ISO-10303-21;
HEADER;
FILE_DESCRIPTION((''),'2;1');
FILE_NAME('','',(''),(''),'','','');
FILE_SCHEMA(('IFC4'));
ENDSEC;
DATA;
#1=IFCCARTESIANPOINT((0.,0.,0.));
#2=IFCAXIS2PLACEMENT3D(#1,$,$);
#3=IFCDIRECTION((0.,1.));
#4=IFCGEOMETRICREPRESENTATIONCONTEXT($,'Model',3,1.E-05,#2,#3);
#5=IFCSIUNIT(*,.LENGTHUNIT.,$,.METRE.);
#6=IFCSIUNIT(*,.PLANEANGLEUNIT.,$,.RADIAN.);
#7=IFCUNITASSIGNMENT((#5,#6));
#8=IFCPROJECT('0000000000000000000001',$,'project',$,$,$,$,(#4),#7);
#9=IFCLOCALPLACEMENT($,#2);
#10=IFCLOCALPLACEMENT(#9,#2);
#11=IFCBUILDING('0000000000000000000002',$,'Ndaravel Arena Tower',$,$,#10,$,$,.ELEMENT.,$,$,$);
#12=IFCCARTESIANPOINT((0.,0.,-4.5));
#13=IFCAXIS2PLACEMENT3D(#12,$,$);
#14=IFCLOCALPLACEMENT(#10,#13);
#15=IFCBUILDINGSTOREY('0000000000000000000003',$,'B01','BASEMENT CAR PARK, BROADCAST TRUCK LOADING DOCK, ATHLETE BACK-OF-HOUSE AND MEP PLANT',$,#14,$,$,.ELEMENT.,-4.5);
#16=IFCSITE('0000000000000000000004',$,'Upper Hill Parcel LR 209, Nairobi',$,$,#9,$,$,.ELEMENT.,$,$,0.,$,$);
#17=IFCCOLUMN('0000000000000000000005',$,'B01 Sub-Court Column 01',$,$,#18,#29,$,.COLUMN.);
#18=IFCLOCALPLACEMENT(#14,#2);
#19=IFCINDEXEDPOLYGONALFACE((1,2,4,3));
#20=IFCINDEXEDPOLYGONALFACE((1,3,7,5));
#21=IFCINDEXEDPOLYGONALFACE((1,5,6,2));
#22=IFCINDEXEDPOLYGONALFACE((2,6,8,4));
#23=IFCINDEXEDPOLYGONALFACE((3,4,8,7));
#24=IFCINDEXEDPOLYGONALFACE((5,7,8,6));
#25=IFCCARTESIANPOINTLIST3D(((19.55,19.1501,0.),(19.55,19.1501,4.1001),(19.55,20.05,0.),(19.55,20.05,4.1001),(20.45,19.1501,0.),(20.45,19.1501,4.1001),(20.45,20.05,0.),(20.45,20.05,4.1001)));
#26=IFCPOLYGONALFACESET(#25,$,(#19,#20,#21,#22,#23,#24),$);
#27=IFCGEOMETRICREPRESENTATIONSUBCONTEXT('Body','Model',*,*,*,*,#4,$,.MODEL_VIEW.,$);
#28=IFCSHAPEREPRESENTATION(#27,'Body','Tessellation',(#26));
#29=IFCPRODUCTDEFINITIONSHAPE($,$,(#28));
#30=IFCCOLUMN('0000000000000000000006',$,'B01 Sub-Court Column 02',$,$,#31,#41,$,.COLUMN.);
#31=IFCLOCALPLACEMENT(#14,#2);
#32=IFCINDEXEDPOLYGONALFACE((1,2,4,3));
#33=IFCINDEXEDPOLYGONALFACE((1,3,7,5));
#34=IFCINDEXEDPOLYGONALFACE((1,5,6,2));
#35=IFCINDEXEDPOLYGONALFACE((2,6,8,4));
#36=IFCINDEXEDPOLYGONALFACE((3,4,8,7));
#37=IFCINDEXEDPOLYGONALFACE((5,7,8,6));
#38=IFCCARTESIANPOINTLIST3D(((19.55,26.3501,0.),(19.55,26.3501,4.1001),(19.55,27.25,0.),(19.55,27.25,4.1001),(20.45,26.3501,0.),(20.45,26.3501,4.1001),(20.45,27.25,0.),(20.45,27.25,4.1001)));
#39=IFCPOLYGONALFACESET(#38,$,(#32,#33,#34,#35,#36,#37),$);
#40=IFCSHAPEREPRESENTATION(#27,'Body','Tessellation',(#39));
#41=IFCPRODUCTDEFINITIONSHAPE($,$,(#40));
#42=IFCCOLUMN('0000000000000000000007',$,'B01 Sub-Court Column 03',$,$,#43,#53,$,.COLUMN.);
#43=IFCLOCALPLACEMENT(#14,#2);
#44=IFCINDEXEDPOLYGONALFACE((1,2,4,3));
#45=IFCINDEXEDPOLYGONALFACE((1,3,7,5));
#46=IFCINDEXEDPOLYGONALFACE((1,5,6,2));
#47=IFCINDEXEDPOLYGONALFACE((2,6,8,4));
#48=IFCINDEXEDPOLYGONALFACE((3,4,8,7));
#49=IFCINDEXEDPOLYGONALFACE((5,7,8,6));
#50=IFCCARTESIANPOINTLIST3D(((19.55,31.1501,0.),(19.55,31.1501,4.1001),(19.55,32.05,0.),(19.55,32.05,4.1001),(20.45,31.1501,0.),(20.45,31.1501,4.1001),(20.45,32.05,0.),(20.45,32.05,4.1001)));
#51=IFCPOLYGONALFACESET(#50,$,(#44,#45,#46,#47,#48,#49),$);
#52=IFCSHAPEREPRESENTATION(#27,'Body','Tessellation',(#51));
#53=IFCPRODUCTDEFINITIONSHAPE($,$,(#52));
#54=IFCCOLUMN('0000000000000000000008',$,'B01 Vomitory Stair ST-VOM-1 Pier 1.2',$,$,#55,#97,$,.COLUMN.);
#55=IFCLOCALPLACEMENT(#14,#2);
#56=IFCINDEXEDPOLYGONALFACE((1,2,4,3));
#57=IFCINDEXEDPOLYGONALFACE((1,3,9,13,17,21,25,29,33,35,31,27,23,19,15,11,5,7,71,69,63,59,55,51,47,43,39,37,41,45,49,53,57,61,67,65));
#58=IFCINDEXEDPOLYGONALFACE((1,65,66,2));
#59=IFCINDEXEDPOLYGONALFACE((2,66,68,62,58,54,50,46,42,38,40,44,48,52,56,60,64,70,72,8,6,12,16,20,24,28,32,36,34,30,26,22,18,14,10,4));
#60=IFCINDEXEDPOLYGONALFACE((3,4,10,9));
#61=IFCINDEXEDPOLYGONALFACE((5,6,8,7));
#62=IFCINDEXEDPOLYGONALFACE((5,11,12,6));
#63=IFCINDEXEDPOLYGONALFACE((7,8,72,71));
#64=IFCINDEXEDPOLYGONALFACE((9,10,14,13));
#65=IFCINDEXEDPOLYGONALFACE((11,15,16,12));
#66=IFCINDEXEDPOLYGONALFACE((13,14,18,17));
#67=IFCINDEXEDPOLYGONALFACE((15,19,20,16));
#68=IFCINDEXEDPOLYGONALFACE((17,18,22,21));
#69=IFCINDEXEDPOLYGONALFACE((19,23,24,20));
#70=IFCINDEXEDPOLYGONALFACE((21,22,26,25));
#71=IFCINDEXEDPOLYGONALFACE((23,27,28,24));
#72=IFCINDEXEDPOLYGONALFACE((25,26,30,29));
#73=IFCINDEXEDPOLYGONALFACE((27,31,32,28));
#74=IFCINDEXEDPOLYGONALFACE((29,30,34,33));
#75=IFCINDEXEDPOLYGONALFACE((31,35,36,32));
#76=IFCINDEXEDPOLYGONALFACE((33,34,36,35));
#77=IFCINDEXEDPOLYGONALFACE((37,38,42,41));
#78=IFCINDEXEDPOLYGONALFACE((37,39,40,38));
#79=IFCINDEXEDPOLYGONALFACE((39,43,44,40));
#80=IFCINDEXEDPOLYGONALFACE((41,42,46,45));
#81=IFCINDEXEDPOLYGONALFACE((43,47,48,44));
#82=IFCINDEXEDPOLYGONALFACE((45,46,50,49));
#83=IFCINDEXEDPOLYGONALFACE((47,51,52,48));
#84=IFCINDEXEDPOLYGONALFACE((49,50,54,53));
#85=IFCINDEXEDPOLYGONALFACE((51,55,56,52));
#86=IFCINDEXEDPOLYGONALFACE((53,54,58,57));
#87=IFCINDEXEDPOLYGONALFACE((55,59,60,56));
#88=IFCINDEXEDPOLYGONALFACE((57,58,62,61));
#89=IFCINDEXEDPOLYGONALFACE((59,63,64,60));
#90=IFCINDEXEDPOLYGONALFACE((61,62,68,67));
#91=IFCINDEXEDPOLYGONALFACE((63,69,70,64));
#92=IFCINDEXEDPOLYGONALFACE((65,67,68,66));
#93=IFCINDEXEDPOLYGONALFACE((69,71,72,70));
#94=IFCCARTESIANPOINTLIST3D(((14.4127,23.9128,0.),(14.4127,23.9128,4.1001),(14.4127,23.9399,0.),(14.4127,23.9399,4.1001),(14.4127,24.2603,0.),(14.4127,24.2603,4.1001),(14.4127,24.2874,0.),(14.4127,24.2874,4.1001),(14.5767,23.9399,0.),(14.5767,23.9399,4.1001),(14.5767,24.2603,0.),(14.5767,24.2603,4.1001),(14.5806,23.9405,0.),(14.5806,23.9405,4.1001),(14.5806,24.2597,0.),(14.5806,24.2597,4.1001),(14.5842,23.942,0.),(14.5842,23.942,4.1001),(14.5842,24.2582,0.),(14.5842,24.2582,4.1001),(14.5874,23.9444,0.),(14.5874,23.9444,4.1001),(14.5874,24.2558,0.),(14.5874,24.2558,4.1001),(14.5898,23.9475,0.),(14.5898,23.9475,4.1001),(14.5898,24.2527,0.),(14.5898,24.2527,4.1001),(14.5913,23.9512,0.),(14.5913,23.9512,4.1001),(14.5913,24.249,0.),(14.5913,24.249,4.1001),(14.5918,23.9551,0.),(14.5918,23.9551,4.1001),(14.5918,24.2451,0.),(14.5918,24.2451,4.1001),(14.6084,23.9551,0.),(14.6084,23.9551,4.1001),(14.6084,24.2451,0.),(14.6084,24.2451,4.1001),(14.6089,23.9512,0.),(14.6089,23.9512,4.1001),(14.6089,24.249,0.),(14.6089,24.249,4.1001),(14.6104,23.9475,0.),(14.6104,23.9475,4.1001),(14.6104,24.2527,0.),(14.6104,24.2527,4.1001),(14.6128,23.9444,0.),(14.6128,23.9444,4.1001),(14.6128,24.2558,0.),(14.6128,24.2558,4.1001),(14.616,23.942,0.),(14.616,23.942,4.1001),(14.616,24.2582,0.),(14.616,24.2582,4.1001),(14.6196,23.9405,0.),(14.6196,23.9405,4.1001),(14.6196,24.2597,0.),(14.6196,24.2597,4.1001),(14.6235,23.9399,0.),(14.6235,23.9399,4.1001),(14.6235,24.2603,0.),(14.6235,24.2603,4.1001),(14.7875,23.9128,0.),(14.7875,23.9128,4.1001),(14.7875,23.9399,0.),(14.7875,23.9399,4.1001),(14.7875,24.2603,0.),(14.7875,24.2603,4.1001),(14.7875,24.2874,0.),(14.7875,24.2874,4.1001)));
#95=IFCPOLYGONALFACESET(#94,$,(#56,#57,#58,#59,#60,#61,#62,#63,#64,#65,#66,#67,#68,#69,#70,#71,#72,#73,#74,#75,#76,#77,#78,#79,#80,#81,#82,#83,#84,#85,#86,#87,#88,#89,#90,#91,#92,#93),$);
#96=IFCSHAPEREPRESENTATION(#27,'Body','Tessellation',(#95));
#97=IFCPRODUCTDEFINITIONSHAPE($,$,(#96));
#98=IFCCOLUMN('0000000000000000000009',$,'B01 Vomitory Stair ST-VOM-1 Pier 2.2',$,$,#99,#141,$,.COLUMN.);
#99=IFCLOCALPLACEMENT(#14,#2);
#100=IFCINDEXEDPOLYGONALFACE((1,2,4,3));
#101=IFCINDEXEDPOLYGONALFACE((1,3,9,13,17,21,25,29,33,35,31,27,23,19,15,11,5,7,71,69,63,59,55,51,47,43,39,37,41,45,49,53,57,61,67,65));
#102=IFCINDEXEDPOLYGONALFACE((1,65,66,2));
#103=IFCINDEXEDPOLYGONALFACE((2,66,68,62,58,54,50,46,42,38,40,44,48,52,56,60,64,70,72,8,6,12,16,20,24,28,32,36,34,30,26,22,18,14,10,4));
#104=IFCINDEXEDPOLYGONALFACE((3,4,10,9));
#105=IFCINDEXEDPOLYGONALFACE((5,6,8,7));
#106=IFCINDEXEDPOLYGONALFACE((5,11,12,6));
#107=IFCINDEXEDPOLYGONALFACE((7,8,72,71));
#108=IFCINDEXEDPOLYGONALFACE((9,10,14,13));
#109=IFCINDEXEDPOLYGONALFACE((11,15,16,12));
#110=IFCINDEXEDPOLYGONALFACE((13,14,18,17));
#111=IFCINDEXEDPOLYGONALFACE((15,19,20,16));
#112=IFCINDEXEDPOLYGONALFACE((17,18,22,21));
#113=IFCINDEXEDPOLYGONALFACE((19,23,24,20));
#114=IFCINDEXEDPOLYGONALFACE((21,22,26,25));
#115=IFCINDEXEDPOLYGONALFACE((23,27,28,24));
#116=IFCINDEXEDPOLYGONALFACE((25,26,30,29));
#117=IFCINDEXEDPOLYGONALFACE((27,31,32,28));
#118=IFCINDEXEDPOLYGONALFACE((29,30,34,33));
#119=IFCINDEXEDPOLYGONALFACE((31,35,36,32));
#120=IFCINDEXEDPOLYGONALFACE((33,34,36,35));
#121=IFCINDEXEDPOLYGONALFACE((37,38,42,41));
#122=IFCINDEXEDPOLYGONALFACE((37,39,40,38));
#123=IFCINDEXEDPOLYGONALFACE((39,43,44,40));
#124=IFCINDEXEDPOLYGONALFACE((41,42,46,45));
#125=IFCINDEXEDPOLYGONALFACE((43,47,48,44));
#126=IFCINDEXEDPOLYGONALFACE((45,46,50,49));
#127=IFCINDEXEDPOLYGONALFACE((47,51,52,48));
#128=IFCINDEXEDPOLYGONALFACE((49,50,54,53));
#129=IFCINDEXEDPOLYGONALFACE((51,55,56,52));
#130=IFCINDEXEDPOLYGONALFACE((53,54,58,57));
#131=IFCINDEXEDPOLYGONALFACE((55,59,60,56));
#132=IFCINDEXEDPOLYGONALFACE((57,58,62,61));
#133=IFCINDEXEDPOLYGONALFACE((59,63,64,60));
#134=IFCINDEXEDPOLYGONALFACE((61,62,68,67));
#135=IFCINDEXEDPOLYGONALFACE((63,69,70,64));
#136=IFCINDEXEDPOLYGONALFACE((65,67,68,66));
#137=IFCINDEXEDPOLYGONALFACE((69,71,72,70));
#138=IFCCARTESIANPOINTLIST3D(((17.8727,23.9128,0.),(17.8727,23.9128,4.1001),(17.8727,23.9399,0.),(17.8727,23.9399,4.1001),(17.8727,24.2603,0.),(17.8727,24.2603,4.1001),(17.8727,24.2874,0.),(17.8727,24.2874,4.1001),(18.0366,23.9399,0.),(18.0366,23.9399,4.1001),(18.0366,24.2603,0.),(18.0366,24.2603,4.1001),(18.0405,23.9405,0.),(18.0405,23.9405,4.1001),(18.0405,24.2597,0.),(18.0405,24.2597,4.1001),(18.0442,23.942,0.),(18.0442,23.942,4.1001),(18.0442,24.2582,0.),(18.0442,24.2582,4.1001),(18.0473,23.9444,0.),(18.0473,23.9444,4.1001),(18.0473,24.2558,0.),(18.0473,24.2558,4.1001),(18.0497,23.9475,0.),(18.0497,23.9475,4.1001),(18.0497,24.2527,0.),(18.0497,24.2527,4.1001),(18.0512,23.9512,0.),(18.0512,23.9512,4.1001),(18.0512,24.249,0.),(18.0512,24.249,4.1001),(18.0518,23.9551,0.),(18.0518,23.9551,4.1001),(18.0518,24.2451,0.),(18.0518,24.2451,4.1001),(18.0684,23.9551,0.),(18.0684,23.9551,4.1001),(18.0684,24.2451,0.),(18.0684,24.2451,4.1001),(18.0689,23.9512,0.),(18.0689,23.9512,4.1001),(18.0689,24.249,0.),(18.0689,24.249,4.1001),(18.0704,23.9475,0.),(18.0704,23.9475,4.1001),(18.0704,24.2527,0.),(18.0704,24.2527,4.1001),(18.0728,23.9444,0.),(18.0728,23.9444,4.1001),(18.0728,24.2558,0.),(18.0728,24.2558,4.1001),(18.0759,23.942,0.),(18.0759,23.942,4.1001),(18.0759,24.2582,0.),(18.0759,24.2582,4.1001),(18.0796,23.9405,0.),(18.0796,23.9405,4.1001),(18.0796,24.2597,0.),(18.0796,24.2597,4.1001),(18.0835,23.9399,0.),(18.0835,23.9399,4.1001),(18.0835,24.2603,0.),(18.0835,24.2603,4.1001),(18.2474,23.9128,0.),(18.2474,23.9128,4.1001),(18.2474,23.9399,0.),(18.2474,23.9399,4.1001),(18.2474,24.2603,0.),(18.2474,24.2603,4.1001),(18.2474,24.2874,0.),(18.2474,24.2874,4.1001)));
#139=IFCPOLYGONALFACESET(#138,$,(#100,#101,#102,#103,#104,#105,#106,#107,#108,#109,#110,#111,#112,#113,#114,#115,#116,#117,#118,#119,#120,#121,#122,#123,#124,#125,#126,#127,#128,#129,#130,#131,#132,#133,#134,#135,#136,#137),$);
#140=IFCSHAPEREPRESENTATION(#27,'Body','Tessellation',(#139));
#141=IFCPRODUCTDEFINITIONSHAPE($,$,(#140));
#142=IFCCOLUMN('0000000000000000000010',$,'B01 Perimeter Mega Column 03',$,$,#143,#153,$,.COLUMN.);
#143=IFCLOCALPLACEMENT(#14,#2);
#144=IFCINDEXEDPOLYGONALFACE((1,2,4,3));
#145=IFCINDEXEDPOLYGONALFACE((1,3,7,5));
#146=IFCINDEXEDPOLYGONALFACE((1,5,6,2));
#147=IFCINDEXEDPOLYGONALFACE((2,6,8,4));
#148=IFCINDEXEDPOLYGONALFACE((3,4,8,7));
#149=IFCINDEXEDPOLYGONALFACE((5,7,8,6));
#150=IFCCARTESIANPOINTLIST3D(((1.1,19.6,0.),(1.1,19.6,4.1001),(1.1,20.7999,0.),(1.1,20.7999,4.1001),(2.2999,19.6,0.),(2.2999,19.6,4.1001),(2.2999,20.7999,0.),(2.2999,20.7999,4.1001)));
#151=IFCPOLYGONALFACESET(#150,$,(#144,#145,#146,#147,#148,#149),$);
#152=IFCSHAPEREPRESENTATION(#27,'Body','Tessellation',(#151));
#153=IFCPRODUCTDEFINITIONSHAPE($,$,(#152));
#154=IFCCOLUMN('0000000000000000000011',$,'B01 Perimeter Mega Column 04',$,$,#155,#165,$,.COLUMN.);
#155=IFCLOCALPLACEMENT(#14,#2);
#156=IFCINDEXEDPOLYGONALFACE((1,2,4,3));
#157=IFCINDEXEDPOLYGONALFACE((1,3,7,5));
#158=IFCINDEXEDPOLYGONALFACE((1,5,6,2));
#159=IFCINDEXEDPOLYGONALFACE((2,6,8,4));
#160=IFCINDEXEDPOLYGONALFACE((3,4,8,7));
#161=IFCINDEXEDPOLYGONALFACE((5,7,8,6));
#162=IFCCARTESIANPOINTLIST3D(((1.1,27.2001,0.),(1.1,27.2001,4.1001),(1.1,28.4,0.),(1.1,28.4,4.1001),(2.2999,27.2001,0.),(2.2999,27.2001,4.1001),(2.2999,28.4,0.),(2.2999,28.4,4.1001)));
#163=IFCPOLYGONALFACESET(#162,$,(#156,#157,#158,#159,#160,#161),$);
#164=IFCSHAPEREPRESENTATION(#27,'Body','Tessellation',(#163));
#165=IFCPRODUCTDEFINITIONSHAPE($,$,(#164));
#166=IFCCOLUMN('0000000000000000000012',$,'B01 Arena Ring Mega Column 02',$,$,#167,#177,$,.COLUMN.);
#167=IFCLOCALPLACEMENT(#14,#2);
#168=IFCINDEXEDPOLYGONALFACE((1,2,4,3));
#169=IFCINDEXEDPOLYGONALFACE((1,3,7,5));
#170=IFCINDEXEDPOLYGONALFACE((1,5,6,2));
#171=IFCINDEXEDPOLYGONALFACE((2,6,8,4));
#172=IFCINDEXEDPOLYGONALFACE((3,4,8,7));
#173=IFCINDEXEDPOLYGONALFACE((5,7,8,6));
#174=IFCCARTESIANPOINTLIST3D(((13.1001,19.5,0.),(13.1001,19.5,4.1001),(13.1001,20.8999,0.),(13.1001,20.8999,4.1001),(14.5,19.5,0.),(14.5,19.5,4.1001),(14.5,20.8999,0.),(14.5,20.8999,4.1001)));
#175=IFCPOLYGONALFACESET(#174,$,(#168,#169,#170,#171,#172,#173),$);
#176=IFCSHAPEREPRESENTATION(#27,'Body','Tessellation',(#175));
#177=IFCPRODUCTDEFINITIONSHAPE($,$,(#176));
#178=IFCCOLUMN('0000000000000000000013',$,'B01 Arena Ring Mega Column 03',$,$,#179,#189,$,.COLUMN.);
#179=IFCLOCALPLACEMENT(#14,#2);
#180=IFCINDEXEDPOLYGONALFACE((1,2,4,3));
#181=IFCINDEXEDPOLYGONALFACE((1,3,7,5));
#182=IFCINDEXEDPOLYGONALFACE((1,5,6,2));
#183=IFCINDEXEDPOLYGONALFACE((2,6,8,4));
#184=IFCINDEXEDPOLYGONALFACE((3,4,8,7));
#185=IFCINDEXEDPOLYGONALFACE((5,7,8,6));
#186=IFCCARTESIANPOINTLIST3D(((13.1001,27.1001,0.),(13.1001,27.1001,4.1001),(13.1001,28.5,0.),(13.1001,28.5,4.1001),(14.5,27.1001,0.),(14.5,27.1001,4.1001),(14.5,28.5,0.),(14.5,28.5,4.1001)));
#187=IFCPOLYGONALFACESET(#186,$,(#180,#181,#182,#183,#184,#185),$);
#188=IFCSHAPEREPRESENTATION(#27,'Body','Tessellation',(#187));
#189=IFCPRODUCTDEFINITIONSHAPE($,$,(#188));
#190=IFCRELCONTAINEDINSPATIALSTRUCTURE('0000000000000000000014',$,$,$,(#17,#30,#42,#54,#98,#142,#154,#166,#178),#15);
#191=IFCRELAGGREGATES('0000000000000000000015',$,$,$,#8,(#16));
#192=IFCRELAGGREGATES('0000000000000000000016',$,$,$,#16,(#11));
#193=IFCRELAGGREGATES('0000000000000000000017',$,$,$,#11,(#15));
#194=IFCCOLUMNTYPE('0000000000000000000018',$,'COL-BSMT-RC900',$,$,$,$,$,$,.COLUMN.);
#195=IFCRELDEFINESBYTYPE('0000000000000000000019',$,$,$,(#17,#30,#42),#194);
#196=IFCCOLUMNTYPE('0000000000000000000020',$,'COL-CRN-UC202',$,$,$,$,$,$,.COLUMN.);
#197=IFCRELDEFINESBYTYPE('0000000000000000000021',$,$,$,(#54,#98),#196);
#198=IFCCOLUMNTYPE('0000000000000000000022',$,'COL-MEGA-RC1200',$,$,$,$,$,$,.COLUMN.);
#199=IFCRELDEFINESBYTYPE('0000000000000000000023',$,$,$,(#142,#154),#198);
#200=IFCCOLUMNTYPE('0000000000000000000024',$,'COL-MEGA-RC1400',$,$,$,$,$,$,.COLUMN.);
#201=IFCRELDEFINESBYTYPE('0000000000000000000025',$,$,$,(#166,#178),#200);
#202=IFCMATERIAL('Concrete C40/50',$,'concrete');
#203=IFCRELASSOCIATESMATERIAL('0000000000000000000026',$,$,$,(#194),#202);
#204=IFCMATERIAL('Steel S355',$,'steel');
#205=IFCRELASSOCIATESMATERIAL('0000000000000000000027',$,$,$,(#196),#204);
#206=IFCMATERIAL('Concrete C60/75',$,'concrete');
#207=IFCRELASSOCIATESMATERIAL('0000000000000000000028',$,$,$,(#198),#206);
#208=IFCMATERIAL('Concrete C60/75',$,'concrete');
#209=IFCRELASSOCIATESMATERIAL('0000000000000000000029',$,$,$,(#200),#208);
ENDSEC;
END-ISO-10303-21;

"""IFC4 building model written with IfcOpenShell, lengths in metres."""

from ifc_helpers import new_model, si_unit, direction, frame, origin, origin_2d, place, context, subcontext, project, spatial, rectangle, i_section, extrude, material, material_profile, profile_set, type_object, element, save


model = new_model("IFC4")

# Units and contexts
model_context = context("Model", 3, precision=1e-05, world=origin(), true_north=direction((0.0, 1.0)))
body_context = subcontext(model_context, "Body", "Model", "MODEL_VIEW")
ifc_project = project(units=[si_unit("LENGTHUNIT", "METRE"), si_unit("PLANEANGLEUNIT", "RADIAN")], contexts=[model_context])

# Site, building, storey
site_placement = place(None, origin())
site = spatial("IfcSite", under=ifc_project, at=site_placement, Name="Upper Hill Parcel LR 209, Nairobi", CompositionType="ELEMENT", RefElevation=0.0)
building_placement = place(site_placement, origin())
building = spatial("IfcBuilding", under=site, at=building_placement, Name="Ndaravel Arena Tower", CompositionType="ELEMENT")
storey_placement = place(building_placement, frame((0.0, 0.0, -4.5)))
storey = spatial("IfcBuildingStorey", under=building, at=storey_placement, Name="B01", Description="BASEMENT CAR PARK, BROADCAST TRUCK LOADING DOCK, ATHLETE BACK-OF-HOUSE AND MEP PLANT", CompositionType="ELEMENT", Elevation=-4.5)

# Columns
ifc_material_1 = material(Name="Concrete C40/50", Category="concrete")
ifc_material_profile_1 = material_profile(ifc_material_1, rectangle(XDim=0.8999, YDim=0.8999, at=origin_2d()), Name="RC 900x900")
ifc_profile_set_1 = profile_set([ifc_material_profile_1], Name="Concrete C40/50")
column_type_1 = type_object("IfcColumnType", Name="COL-BSMT-RC900", PredefinedType="COLUMN", material=ifc_profile_set_1)
for number, where, z_axis, x_axis, name in (
    (1, (20.0, 19.6001, 0.0), (0.0, 0.0, 1.0), (1.0, 0.0, 0.0), "B01 Sub-Court Column 01"),
    (2, (20.0, 26.8, 0.0), (0.0, 0.0, 1.0), (1.0, 0.0, 0.0), "B01 Sub-Court Column 02"),
    (3, (20.0, 31.6001, 0.0), (0.0, 0.0, 1.0), (1.0, 0.0, 0.0), "B01 Sub-Court Column 03"),
):
    element("IfcColumn", number, at=place(storey_placement, frame(where, z_axis=z_axis, x_axis=x_axis)), inside=storey, type_object=column_type_1, Name=name, PredefinedType="COLUMN", context=body_context, shape_type="SweptSolid", body=[
        extrude(rectangle(XDim=0.8999, YDim=0.8999, at=origin_2d()), origin(), (0.0, 0.0, 1.0), 4.1001),
    ])
ifc_material_2 = material(Name="Steel S355", Category="steel")
ifc_material_profile_2 = material_profile(ifc_material_2, i_section(OverallWidth=0.3748, OverallDepth=0.3745, WebThickness=0.0166, FlangeThickness=0.0271, FilletRadius=0.0151, at=origin_2d()), Name="UC 356x368x202")
ifc_profile_set_2 = profile_set([ifc_material_profile_2], Name="Steel S355")
column_type_2 = type_object("IfcColumnType", Name="COL-CRN-UC202", PredefinedType="COLUMN", material=ifc_profile_set_2)
for number, where, z_axis, x_axis, name in (
    (4, (14.6001, 24.1001, 0.0), (0.0, 0.0, 1.0), (1.0, 0.0, 0.0), "B01 Vomitory Stair ST-VOM-1 Pier 1.2"),
    (5, (18.0601, 24.1001, 0.0), (0.0, 0.0, 1.0), (1.0, 0.0, 0.0), "B01 Vomitory Stair ST-VOM-1 Pier 2.2"),
):
    element("IfcColumn", number, at=place(storey_placement, frame(where, z_axis=z_axis, x_axis=x_axis)), inside=storey, type_object=column_type_2, Name=name, PredefinedType="COLUMN", context=body_context, shape_type="SweptSolid", body=[
        extrude(i_section(OverallWidth=0.3748, OverallDepth=0.3745, WebThickness=0.0166, FlangeThickness=0.0271, FilletRadius=0.0151, at=origin_2d()), origin(), (0.0, 0.0, 1.0), 4.1001),
    ])
ifc_material_3 = material(Name="Concrete C60/75", Category="concrete")
ifc_material_profile_3 = material_profile(ifc_material_3, rectangle(XDim=1.2, YDim=1.2, at=origin_2d()), Name="RC 1200x1200")
ifc_profile_set_3 = profile_set([ifc_material_profile_3], Name="Concrete C60/75")
column_type_3 = type_object("IfcColumnType", Name="COL-MEGA-RC1200", PredefinedType="COLUMN", material=ifc_profile_set_3)
for number, where, z_axis, x_axis, name in (
    (6, (1.7, 20.2, 0.0), (0.0, 0.0, 1.0), (1.0, 0.0, 0.0), "B01 Perimeter Mega Column 03"),
    (7, (1.7, 27.8, 0.0), (0.0, 0.0, 1.0), (1.0, 0.0, 0.0), "B01 Perimeter Mega Column 04"),
):
    element("IfcColumn", number, at=place(storey_placement, frame(where, z_axis=z_axis, x_axis=x_axis)), inside=storey, type_object=column_type_3, Name=name, PredefinedType="COLUMN", context=body_context, shape_type="SweptSolid", body=[
        extrude(rectangle(XDim=1.2, YDim=1.2, at=origin_2d()), origin(), (0.0, 0.0, 1.0), 4.1001),
    ])
ifc_material_4 = material(Name="Concrete C60/75", Category="concrete")
ifc_material_profile_4 = material_profile(ifc_material_4, rectangle(XDim=1.3999, YDim=1.3999, at=origin_2d()), Name="RC 1400x1400")
ifc_profile_set_4 = profile_set([ifc_material_profile_4], Name="Concrete C60/75")
column_type_4 = type_object("IfcColumnType", Name="COL-MEGA-RC1400", PredefinedType="COLUMN", material=ifc_profile_set_4)
for number, where, z_axis, x_axis, name in (
    (8, (13.8, 20.2, 0.0), (0.0, 0.0, 1.0), (1.0, 0.0, 0.0), "B01 Arena Ring Mega Column 02"),
    (9, (13.8, 27.8, 0.0), (0.0, 0.0, 1.0), (1.0, 0.0, 0.0), "B01 Arena Ring Mega Column 03"),
):
    element("IfcColumn", number, at=place(storey_placement, frame(where, z_axis=z_axis, x_axis=x_axis)), inside=storey, type_object=column_type_4, Name=name, PredefinedType="COLUMN", context=body_context, shape_type="SweptSolid", body=[
        extrude(rectangle(XDim=1.3999, YDim=1.3999, at=origin_2d()), origin(), (0.0, 0.0, 1.0), 4.1001),
    ])

save(model, "model.ifc")
